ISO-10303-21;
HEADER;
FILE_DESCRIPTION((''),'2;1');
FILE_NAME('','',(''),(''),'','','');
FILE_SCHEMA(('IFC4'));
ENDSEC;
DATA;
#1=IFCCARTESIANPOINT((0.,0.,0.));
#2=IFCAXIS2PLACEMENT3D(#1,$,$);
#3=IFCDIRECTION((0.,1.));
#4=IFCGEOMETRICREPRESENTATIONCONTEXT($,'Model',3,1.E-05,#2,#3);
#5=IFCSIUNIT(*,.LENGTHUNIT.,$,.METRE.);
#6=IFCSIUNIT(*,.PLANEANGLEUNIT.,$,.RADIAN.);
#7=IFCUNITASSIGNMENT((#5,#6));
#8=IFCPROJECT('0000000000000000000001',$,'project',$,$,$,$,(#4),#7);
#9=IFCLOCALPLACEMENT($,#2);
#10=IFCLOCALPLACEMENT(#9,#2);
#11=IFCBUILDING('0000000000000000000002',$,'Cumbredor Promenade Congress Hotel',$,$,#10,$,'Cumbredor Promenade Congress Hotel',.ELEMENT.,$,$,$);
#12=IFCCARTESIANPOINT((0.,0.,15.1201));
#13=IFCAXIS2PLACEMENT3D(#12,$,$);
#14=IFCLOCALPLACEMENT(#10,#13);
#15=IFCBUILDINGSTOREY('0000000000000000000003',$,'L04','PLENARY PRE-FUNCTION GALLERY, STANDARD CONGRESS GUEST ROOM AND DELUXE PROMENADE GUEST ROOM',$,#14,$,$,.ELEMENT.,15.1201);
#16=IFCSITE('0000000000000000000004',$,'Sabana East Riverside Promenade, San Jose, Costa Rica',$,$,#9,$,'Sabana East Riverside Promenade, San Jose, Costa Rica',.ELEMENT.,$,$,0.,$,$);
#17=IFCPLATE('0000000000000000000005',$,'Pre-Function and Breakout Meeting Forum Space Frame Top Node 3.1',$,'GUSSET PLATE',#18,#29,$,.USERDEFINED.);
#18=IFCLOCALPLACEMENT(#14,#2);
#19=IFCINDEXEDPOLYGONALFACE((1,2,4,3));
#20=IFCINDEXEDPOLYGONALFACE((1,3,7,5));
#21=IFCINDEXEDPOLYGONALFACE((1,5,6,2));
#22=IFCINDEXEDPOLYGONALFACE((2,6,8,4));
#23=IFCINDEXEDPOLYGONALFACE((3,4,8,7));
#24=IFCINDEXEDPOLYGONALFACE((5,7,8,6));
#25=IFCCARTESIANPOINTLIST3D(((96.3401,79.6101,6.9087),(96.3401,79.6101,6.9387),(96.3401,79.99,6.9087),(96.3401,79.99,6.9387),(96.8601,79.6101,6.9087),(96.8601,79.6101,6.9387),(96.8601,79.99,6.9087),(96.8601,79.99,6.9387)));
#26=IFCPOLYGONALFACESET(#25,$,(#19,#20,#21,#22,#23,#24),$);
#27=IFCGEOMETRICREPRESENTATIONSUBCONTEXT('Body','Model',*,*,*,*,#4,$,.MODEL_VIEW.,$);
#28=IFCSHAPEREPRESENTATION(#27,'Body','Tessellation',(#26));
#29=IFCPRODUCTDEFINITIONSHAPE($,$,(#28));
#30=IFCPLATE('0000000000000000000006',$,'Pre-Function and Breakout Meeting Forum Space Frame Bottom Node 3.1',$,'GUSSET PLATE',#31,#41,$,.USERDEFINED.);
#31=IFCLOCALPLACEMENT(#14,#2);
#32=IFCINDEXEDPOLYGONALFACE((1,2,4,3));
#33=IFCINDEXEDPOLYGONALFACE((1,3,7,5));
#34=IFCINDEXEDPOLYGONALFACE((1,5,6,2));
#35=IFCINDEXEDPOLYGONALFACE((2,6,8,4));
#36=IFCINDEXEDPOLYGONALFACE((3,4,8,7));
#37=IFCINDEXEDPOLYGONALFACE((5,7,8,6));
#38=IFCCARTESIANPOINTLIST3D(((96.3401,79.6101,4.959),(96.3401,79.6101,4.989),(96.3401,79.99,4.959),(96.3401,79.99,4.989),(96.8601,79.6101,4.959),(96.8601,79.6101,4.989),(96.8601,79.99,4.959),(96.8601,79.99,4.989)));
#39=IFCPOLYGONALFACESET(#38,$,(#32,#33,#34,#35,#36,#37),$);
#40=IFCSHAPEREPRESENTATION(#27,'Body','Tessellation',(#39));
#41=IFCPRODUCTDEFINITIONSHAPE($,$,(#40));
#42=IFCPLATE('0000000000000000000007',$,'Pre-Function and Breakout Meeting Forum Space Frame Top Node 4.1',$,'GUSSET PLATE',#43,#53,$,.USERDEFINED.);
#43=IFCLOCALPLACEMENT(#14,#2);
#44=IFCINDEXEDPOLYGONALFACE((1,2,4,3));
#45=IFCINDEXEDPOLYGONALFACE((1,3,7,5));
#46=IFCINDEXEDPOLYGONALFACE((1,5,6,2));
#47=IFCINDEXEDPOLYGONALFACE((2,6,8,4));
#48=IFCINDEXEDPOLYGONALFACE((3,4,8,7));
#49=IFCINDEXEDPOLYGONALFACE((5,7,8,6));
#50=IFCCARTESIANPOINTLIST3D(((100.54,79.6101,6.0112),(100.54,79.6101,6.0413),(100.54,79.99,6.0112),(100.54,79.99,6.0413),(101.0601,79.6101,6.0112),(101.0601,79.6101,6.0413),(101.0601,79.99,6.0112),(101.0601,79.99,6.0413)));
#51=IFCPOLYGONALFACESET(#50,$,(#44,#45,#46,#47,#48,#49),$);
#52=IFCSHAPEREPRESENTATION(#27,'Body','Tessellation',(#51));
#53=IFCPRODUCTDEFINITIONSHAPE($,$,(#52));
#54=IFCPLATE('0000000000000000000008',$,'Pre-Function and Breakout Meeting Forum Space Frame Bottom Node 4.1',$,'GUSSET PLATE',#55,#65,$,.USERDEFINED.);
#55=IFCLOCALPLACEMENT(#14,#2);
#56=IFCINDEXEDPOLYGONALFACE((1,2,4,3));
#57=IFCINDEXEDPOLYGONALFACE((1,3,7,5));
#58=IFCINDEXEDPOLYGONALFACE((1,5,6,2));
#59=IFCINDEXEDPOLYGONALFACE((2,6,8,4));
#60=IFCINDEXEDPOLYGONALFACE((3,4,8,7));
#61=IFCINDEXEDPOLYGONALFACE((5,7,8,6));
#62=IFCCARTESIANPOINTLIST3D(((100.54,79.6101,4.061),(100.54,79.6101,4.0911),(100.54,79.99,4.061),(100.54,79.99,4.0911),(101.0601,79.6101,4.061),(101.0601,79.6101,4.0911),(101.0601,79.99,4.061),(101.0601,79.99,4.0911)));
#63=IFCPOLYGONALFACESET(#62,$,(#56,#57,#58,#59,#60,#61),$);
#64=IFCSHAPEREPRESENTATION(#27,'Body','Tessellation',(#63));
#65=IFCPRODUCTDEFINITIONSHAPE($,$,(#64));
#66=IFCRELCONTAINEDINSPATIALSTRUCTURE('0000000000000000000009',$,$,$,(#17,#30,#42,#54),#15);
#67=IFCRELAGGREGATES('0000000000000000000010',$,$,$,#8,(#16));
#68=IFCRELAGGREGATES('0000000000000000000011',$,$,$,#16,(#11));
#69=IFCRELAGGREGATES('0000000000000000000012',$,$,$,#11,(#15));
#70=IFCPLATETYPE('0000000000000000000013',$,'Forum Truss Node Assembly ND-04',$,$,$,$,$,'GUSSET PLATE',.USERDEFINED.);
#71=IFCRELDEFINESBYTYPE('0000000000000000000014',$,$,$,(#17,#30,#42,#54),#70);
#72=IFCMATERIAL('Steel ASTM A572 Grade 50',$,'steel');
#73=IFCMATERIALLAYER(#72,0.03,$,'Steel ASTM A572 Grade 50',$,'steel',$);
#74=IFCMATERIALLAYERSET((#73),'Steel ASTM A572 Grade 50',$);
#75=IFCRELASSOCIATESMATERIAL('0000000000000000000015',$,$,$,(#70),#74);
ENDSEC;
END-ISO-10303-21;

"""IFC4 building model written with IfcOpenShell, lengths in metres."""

from ifc_helpers import new_model, si_unit, direction, frame, origin, origin_2d, place, context, subcontext, project, spatial, rectangle, extrude, material, layer, layer_set, type_object, element, save


model = new_model("IFC4")

# Units and contexts
model_context = context("Model", 3, precision=1e-05, world=origin(), true_north=direction((0.0, 1.0)))
body_context = subcontext(model_context, "Body", "Model", "MODEL_VIEW")
ifc_project = project(units=[si_unit("LENGTHUNIT", "METRE"), si_unit("PLANEANGLEUNIT", "RADIAN")], contexts=[model_context])

# Site, building, storey
site_placement = place(None, origin())
site = spatial("IfcSite", under=ifc_project, at=site_placement, Name="Sabana East Riverside Promenade, San Jose, Costa Rica", LongName="Sabana East Riverside Promenade, San Jose, Costa Rica", CompositionType="ELEMENT", RefElevation=0.0)
building_placement = place(site_placement, origin())
building = spatial("IfcBuilding", under=site, at=building_placement, Name="Cumbredor Promenade Congress Hotel", LongName="Cumbredor Promenade Congress Hotel", CompositionType="ELEMENT")
storey_placement = place(building_placement, frame((0.0, 0.0, 15.1201)))
storey = spatial("IfcBuildingStorey", under=building, at=storey_placement, Name="L04", Description="PLENARY PRE-FUNCTION GALLERY, STANDARD CONGRESS GUEST ROOM AND DELUXE PROMENADE GUEST ROOM", CompositionType="ELEMENT", Elevation=15.1201)

# Plates
ifc_material_1 = material(Name="Steel ASTM A572 Grade 50", Category="steel")
ifc_layer = layer(ifc_material_1, 0.03, Name="Steel ASTM A572 Grade 50", Category="steel")
ifc_layer_set = layer_set([ifc_layer], Name="Steel ASTM A572 Grade 50")
plate_type = type_object("IfcPlateType", Name="Forum Truss Node Assembly ND-04", ElementType="GUSSET PLATE", PredefinedType="USERDEFINED", material=ifc_layer_set)
for number, where, z_axis, x_axis, name in (
    (1, (96.6001, 79.8, 6.9087), (0.0, 0.0, 1.0), (1.0, 0.0, 0.0), "Pre-Function and Breakout Meeting Forum Space Frame Top Node 3.1"),
    (2, (96.6001, 79.8, 4.959), (0.0, 0.0, 1.0), (1.0, 0.0, 0.0), "Pre-Function and Breakout Meeting Forum Space Frame Bottom Node 3.1"),
    (3, (100.8, 79.8, 6.0112), (0.0, 0.0, 1.0), (1.0, 0.0, 0.0), "Pre-Function and Breakout Meeting Forum Space Frame Top Node 4.1"),
    (4, (100.8, 79.8, 4.061), (0.0, 0.0, 1.0), (1.0, 0.0, 0.0), "Pre-Function and Breakout Meeting Forum Space Frame Bottom Node 4.1"),
):
    element("IfcPlate", number, at=place(storey_placement, frame(where, z_axis=z_axis, x_axis=x_axis)), inside=storey, type_object=plate_type, Name=name, ObjectType="GUSSET PLATE", PredefinedType="USERDEFINED", context=body_context, shape_type="SweptSolid", body=[
        extrude(rectangle(XDim=0.52, YDim=0.3799, at=origin_2d()), origin(), (0.0, 0.0, 1.0), 0.03),
    ])

save(model, "model.ifc")
